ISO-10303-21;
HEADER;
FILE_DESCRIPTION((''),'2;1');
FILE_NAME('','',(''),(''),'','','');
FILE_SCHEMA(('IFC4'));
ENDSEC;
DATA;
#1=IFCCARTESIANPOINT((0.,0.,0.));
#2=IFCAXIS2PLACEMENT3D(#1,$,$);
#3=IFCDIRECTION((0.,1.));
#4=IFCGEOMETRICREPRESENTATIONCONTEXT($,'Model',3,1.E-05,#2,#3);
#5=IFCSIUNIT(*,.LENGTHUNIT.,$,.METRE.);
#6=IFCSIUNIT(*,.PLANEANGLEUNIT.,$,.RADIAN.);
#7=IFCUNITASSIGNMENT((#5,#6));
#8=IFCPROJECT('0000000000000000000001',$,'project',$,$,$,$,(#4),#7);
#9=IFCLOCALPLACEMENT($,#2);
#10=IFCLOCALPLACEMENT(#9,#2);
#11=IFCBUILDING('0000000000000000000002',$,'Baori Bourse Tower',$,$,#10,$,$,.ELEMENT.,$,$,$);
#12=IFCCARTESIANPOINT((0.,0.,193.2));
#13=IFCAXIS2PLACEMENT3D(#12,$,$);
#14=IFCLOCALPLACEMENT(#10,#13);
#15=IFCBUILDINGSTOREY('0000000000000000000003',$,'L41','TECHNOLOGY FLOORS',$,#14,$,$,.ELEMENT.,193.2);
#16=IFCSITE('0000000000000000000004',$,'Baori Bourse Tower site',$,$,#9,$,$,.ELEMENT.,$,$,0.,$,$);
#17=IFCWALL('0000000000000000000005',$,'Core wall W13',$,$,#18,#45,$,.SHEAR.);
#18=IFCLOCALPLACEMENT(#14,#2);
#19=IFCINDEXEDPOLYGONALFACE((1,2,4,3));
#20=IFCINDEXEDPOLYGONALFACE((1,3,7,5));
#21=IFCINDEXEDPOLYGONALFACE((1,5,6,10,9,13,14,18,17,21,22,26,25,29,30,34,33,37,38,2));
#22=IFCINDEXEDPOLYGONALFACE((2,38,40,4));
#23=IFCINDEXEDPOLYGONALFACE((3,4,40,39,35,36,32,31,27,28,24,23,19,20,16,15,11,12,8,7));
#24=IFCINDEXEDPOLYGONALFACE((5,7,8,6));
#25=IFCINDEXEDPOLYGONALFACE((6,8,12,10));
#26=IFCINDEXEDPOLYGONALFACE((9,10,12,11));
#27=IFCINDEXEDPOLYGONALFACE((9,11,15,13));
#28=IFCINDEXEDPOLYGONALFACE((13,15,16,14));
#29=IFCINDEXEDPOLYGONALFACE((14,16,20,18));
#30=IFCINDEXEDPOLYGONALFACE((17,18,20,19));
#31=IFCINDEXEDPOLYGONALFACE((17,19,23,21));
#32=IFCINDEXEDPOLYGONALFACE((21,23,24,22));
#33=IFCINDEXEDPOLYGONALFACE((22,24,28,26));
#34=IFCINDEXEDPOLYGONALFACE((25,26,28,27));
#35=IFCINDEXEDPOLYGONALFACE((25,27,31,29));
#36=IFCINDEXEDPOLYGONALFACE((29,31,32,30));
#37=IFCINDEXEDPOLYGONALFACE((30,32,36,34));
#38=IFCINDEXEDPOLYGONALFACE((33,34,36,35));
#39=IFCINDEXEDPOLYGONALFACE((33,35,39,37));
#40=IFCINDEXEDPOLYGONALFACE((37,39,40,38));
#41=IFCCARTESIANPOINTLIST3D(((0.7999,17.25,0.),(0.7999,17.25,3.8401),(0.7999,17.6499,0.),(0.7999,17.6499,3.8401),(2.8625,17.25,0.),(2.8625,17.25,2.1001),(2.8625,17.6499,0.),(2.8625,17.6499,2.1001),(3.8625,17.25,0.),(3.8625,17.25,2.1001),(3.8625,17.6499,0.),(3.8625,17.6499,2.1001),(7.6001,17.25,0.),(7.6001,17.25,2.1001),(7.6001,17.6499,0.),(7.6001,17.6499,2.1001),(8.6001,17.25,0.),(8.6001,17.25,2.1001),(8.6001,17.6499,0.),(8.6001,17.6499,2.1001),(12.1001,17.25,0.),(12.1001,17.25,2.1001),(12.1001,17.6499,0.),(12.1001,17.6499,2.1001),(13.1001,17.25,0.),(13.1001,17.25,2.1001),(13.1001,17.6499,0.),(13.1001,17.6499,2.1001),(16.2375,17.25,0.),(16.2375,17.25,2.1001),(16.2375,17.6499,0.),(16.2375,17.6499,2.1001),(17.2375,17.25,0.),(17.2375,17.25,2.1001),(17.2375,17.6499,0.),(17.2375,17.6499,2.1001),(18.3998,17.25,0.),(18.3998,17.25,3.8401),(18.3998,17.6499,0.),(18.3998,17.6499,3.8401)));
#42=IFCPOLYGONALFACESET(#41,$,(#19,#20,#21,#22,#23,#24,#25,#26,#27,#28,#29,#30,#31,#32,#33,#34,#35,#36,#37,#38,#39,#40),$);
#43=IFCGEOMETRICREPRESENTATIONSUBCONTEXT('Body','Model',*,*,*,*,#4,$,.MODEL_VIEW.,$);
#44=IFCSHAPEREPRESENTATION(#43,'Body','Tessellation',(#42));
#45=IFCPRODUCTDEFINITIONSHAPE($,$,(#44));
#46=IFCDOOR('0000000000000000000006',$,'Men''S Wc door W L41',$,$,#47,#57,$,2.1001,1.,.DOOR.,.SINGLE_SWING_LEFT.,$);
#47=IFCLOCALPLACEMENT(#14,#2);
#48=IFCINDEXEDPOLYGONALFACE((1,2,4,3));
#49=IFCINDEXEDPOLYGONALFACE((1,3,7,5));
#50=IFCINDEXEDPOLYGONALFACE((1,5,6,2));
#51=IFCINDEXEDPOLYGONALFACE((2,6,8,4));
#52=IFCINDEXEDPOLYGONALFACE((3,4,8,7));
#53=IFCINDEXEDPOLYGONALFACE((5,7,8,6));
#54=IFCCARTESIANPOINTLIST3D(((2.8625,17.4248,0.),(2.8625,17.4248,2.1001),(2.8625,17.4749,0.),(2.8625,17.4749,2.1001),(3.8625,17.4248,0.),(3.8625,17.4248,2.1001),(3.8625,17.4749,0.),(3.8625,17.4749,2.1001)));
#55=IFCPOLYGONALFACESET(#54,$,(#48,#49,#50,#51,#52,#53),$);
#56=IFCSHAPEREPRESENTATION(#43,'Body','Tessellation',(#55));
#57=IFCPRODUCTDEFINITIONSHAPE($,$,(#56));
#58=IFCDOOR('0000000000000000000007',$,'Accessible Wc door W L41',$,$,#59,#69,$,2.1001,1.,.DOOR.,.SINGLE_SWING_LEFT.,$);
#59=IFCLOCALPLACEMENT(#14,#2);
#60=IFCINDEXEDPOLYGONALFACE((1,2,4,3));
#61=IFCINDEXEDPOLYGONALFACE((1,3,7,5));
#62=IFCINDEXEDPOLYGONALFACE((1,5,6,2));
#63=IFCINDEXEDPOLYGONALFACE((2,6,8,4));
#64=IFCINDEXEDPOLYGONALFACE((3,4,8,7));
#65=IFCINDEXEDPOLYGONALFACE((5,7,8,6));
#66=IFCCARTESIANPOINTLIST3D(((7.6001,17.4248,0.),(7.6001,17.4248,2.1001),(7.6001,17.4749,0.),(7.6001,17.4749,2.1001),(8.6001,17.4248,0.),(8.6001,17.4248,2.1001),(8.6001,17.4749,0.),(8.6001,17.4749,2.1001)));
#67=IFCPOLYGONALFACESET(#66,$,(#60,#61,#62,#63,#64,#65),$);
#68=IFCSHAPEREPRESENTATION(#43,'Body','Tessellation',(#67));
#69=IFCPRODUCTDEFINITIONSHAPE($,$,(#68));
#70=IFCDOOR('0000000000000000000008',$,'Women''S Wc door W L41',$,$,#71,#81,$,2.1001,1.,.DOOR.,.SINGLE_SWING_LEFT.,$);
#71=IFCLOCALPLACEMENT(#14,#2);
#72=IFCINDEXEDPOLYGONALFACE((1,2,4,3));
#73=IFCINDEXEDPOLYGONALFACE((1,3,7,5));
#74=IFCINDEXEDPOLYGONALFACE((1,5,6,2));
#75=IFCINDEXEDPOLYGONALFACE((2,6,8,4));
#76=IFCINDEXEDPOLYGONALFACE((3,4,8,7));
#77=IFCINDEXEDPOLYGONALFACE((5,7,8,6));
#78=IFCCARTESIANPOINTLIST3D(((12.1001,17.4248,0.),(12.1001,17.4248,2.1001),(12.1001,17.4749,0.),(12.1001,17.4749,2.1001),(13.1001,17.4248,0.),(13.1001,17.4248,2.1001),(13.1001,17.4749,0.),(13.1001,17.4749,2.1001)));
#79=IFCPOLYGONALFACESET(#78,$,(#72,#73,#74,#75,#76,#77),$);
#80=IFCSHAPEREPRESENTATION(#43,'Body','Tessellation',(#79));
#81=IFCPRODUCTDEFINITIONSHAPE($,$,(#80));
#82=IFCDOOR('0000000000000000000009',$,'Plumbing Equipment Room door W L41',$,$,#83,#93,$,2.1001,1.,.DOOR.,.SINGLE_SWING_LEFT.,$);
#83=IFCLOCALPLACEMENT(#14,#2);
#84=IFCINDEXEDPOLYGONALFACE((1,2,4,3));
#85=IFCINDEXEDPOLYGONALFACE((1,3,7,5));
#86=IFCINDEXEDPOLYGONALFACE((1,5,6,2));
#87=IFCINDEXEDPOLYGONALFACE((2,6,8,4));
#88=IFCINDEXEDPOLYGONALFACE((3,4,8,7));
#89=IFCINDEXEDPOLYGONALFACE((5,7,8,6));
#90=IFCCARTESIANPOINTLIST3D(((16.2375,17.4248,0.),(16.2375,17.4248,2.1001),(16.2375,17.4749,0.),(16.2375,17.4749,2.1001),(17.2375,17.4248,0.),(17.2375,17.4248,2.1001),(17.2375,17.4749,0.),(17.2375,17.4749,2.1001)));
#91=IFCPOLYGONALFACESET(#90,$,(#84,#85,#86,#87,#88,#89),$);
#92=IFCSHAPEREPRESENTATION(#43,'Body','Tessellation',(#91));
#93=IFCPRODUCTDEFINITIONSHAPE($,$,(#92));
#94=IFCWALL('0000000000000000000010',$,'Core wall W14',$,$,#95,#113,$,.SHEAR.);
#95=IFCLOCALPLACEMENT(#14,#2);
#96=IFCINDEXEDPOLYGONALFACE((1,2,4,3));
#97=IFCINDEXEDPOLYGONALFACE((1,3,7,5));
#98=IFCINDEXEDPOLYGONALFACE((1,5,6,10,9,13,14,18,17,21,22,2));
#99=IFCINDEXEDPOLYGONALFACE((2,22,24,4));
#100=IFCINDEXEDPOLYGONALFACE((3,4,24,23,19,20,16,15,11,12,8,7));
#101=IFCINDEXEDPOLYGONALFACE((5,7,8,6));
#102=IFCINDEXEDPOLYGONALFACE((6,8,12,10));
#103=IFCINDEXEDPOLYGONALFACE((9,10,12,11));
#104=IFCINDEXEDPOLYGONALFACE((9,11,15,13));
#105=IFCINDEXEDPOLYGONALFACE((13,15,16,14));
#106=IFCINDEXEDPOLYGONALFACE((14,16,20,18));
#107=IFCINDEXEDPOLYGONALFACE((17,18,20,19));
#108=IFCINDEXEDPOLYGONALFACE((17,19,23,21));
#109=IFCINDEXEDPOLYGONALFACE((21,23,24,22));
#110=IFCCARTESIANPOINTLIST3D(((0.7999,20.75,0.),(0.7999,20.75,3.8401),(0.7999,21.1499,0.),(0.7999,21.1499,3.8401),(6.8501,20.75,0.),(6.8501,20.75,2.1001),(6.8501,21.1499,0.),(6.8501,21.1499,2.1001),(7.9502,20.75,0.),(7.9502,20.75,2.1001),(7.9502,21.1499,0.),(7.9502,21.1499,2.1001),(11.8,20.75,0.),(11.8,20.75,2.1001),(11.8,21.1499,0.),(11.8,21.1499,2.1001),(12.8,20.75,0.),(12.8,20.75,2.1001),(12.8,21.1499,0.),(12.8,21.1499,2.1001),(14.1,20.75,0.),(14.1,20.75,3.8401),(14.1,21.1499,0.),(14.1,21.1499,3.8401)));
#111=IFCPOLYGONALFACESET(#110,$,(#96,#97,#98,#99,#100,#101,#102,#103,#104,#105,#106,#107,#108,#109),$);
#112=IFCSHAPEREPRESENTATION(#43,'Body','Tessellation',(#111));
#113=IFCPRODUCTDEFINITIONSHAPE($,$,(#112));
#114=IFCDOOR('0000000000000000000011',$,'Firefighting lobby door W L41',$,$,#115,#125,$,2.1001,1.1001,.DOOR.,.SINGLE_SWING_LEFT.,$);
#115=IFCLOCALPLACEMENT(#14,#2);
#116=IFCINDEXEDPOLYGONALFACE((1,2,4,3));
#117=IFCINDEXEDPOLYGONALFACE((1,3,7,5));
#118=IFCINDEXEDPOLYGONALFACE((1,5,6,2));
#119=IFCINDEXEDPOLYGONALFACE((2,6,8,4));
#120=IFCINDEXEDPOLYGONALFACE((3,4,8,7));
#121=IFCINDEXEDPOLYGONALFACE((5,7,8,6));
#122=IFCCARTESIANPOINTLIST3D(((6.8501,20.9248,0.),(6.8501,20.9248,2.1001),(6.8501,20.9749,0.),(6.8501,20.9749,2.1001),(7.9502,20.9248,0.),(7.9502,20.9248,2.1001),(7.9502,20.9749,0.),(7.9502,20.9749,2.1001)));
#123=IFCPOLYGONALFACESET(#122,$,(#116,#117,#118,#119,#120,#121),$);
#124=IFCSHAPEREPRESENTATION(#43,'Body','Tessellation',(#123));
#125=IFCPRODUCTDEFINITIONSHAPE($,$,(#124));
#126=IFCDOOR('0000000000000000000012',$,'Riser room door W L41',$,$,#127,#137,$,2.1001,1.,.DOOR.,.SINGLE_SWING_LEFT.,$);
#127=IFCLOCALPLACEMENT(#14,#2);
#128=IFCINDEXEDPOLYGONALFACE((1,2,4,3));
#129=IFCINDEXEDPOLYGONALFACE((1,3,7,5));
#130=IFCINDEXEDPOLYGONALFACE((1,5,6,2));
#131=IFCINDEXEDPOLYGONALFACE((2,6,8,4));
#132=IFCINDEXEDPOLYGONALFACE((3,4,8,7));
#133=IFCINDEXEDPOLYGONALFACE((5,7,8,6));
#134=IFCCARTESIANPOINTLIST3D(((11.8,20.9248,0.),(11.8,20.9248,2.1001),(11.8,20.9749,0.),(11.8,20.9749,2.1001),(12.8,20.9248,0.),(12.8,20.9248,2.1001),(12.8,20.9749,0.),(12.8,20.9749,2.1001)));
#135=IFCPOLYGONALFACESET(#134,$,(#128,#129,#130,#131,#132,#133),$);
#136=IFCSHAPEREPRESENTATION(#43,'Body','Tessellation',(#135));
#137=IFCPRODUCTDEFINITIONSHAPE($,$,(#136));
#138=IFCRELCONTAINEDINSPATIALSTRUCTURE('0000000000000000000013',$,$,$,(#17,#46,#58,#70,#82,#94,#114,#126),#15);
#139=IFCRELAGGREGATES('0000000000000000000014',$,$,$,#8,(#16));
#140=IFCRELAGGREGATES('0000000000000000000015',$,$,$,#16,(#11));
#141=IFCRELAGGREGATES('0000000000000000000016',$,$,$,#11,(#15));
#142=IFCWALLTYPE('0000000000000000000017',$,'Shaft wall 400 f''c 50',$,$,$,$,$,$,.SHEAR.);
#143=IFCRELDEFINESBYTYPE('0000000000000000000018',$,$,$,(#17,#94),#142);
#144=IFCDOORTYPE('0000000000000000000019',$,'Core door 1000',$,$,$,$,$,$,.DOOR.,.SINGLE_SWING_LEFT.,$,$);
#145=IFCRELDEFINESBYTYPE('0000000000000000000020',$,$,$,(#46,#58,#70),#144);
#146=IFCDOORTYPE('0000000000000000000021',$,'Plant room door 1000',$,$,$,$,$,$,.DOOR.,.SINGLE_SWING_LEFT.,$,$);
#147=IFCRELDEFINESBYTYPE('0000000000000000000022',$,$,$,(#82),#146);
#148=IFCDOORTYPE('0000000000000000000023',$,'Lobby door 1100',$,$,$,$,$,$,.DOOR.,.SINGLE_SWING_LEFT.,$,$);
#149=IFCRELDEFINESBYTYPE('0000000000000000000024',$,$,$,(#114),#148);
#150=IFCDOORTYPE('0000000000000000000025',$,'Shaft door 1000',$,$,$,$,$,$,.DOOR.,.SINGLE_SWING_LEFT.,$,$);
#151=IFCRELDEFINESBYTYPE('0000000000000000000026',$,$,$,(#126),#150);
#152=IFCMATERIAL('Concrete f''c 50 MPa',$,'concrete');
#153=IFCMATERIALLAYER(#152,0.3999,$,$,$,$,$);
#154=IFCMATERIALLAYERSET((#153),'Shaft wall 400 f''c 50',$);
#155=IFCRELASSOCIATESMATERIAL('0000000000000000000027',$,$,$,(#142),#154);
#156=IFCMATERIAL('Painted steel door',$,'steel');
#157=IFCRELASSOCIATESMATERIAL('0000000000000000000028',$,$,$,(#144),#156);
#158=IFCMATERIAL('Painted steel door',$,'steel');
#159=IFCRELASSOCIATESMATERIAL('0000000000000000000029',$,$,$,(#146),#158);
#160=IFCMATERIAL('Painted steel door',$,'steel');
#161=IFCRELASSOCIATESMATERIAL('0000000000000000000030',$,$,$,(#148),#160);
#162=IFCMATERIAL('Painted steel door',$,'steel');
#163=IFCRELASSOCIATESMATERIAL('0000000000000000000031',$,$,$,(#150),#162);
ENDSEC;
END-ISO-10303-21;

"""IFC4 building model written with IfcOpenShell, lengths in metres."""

from ifc_helpers import new_model, si_unit, direction, frame, frame_2d, origin, place, context, subcontext, project, spatial, rectangle, extrude, material, layer, layer_set, type_object, element, fill, save


model = new_model("IFC4")

# Units and contexts
model_context = context("Model", 3, precision=1e-05, world=origin(), true_north=direction((0.0, 1.0)))
body_context = subcontext(model_context, "Body", "Model", "MODEL_VIEW")
ifc_project = project(units=[si_unit("LENGTHUNIT", "METRE"), si_unit("PLANEANGLEUNIT", "RADIAN")], contexts=[model_context])

# Site, building, storey
site_placement = place(None, origin())
site = spatial("IfcSite", under=ifc_project, at=site_placement, Name="Baori Bourse Tower site", CompositionType="ELEMENT", RefElevation=0.0)
building_placement = place(site_placement, origin())
building = spatial("IfcBuilding", under=site, at=building_placement, Name="Baori Bourse Tower", CompositionType="ELEMENT")
storey_placement = place(building_placement, frame((0.0, 0.0, 193.2)))
storey = spatial("IfcBuildingStorey", under=building, at=storey_placement, Name="L41", Description="TECHNOLOGY FLOORS", CompositionType="ELEMENT", Elevation=193.2)

# Shared definitions
ifc_material_1 = material(Name="Concrete f'c 50 MPa", Category="concrete")
ifc_layer_1 = layer(ifc_material_1, 0.3999)
ifc_layer_set_1 = layer_set([ifc_layer_1], Name="Shaft wall 400 f'c 50")
wall_type_1 = type_object("IfcWallType", Name="Shaft wall 400 f'c 50", PredefinedType="SHEAR", material=ifc_layer_set_1)

# Walls, openings, doors
wall_1_placement = place(storey_placement, frame((0.8, 17.45, 0.0), z_axis=(0.0, 0.0, 1.0), x_axis=(1.0, 0.0, 0.0)))
wall_1 = element("IfcWall", 1, at=wall_1_placement, inside=storey, type_object=wall_type_1, Name="Core wall W13", PredefinedType="SHEAR", context=body_context, shape_type="SweptSolid", body=[
    extrude(rectangle(XDim=17.5999, YDim=0.3999, at=frame_2d((8.7998, 0.0))), origin(), (0.0, 0.0, 1.0), 3.8401),
])
opening_1_placement = place(wall_1_placement, frame((2.0625, 0.0, 0.0)))
opening_1 = element("IfcOpeningElement", 2, at=opening_1_placement, cuts=wall_1, PredefinedType="OPENING", context=body_context, shape_type="SweptSolid", body=[
    extrude(rectangle(XDim=1.0, YDim=2.1001, at=frame_2d((0.5, 1.05))), frame((0.0, 0.21, 0.0), z_axis=(0.0, -1.0, 0.0), x_axis=(1.0, 0.0, 0.0)), (0.0, 0.0, 1.0), 0.4199),
])
opening_2_placement = place(wall_1_placement, frame((6.8, 0.0, 0.0)))
opening_2 = element("IfcOpeningElement", 3, at=opening_2_placement, cuts=wall_1, PredefinedType="OPENING", context=body_context, shape_type="SweptSolid", body=[
    extrude(rectangle(XDim=1.0, YDim=2.1001, at=frame_2d((0.5, 1.05))), frame((0.0, 0.21, 0.0), z_axis=(0.0, -1.0, 0.0), x_axis=(1.0, 0.0, 0.0)), (0.0, 0.0, 1.0), 0.4199),
])
opening_3_placement = place(wall_1_placement, frame((11.3, 0.0, 0.0)))
opening_3 = element("IfcOpeningElement", 4, at=opening_3_placement, cuts=wall_1, PredefinedType="OPENING", context=body_context, shape_type="SweptSolid", body=[
    extrude(rectangle(XDim=1.0, YDim=2.1001, at=frame_2d((0.5, 1.05))), frame((0.0, 0.21, 0.0), z_axis=(0.0, -1.0, 0.0), x_axis=(1.0, 0.0, 0.0)), (0.0, 0.0, 1.0), 0.4199),
])
opening_4_placement = place(wall_1_placement, frame((15.4375, 0.0, 0.0)))
opening_4 = element("IfcOpeningElement", 5, at=opening_4_placement, cuts=wall_1, PredefinedType="OPENING", context=body_context, shape_type="SweptSolid", body=[
    extrude(rectangle(XDim=1.0, YDim=2.1001, at=frame_2d((0.5, 1.05))), frame((0.0, 0.21, 0.0), z_axis=(0.0, -1.0, 0.0), x_axis=(1.0, 0.0, 0.0)), (0.0, 0.0, 1.0), 0.4199),
])
ifc_material_2 = material(Name="Painted steel door", Category="steel")
door_type_1 = type_object("IfcDoorType", Name="Core door 1000", OperationType="SINGLE_SWING_LEFT", PredefinedType="DOOR", material=ifc_material_2)
door_1_placement = place(opening_1_placement, origin())
door_1 = element("IfcDoor", 6, at=door_1_placement, inside=storey, type_object=door_type_1, Name="Men'S Wc door W L41", OperationType="SINGLE_SWING_LEFT", OverallHeight=2.1001, OverallWidth=1.0, PredefinedType="DOOR", context=body_context, shape_type="SweptSolid", body=[
    extrude(rectangle(XDim=1.0, YDim=2.1001, at=frame_2d((0.5, 1.05))), frame((0.0, 0.0249, 0.0), z_axis=(0.0, -1.0, 0.0), x_axis=(1.0, 0.0, 0.0)), (0.0, 0.0, 1.0), 0.05),
])
fill(opening_1, door_1)
door_2_placement = place(opening_2_placement, origin())
door_2 = element("IfcDoor", 7, at=door_2_placement, inside=storey, type_object=door_type_1, Name="Accessible Wc door W L41", OperationType="SINGLE_SWING_LEFT", OverallHeight=2.1001, OverallWidth=1.0, PredefinedType="DOOR", context=body_context, shape_type="SweptSolid", body=[
    extrude(rectangle(XDim=1.0, YDim=2.1001, at=frame_2d((0.5, 1.05))), frame((0.0, 0.0249, 0.0), z_axis=(0.0, -1.0, 0.0), x_axis=(1.0, 0.0, 0.0)), (0.0, 0.0, 1.0), 0.05),
])
fill(opening_2, door_2)
door_3_placement = place(opening_3_placement, origin())
door_3 = element("IfcDoor", 8, at=door_3_placement, inside=storey, type_object=door_type_1, Name="Women'S Wc door W L41", OperationType="SINGLE_SWING_LEFT", OverallHeight=2.1001, OverallWidth=1.0, PredefinedType="DOOR", context=body_context, shape_type="SweptSolid", body=[
    extrude(rectangle(XDim=1.0, YDim=2.1001, at=frame_2d((0.5, 1.05))), frame((0.0, 0.0249, 0.0), z_axis=(0.0, -1.0, 0.0), x_axis=(1.0, 0.0, 0.0)), (0.0, 0.0, 1.0), 0.05),
])
fill(opening_3, door_3)
ifc_material_3 = material(Name="Painted steel door", Category="steel")
door_type_2 = type_object("IfcDoorType", Name="Plant room door 1000", OperationType="SINGLE_SWING_LEFT", PredefinedType="DOOR", material=ifc_material_3)
door_4_placement = place(opening_4_placement, origin())
door_4 = element("IfcDoor", 9, at=door_4_placement, inside=storey, type_object=door_type_2, Name="Plumbing Equipment Room door W L41", OperationType="SINGLE_SWING_LEFT", OverallHeight=2.1001, OverallWidth=1.0, PredefinedType="DOOR", context=body_context, shape_type="SweptSolid", body=[
    extrude(rectangle(XDim=1.0, YDim=2.1001, at=frame_2d((0.5, 1.05))), frame((0.0, 0.0249, 0.0), z_axis=(0.0, -1.0, 0.0), x_axis=(1.0, 0.0, 0.0)), (0.0, 0.0, 1.0), 0.05),
])
fill(opening_4, door_4)
wall_2_placement = place(storey_placement, frame((0.8, 20.95, 0.0), z_axis=(0.0, 0.0, 1.0), x_axis=(1.0, 0.0, 0.0)))
wall_2 = element("IfcWall", 10, at=wall_2_placement, inside=storey, type_object=wall_type_1, Name="Core wall W14", PredefinedType="SHEAR", context=body_context, shape_type="SweptSolid", body=[
    extrude(rectangle(XDim=13.3, YDim=0.3999, at=frame_2d((6.6499, 0.0))), origin(), (0.0, 0.0, 1.0), 3.8401),
])
opening_5_placement = place(wall_2_placement, frame((6.05, 0.0, 0.0)))
opening_5 = element("IfcOpeningElement", 11, at=opening_5_placement, cuts=wall_2, PredefinedType="OPENING", context=body_context, shape_type="SweptSolid", body=[
    extrude(rectangle(XDim=1.1001, YDim=2.1001, at=frame_2d((0.55, 1.05))), frame((0.0, 0.21, 0.0), z_axis=(0.0, -1.0, 0.0), x_axis=(1.0, 0.0, 0.0)), (0.0, 0.0, 1.0), 0.4199),
])
opening_6_placement = place(wall_2_placement, frame((11.0, 0.0, 0.0)))
opening_6 = element("IfcOpeningElement", 12, at=opening_6_placement, cuts=wall_2, PredefinedType="OPENING", context=body_context, shape_type="SweptSolid", body=[
    extrude(rectangle(XDim=1.0, YDim=2.1001, at=frame_2d((0.5, 1.05))), frame((0.0, 0.21, 0.0), z_axis=(0.0, -1.0, 0.0), x_axis=(1.0, 0.0, 0.0)), (0.0, 0.0, 1.0), 0.4199),
])
ifc_material_4 = material(Name="Painted steel door", Category="steel")
door_type_3 = type_object("IfcDoorType", Name="Lobby door 1100", OperationType="SINGLE_SWING_LEFT", PredefinedType="DOOR", material=ifc_material_4)
door_5_placement = place(opening_5_placement, origin())
door_5 = element("IfcDoor", 13, at=door_5_placement, inside=storey, type_object=door_type_3, Name="Firefighting lobby door W L41", OperationType="SINGLE_SWING_LEFT", OverallHeight=2.1001, OverallWidth=1.1001, PredefinedType="DOOR", context=body_context, shape_type="SweptSolid", body=[
    extrude(rectangle(XDim=1.1001, YDim=2.1001, at=frame_2d((0.55, 1.05))), frame((0.0, 0.0249, 0.0), z_axis=(0.0, -1.0, 0.0), x_axis=(1.0, 0.0, 0.0)), (0.0, 0.0, 1.0), 0.05),
])
fill(opening_5, door_5)
ifc_material_5 = material(Name="Painted steel door", Category="steel")
door_type_4 = type_object("IfcDoorType", Name="Shaft door 1000", OperationType="SINGLE_SWING_LEFT", PredefinedType="DOOR", material=ifc_material_5)
door_6_placement = place(opening_6_placement, origin())
door_6 = element("IfcDoor", 14, at=door_6_placement, inside=storey, type_object=door_type_4, Name="Riser room door W L41", OperationType="SINGLE_SWING_LEFT", OverallHeight=2.1001, OverallWidth=1.0, PredefinedType="DOOR", context=body_context, shape_type="SweptSolid", body=[
    extrude(rectangle(XDim=1.0, YDim=2.1001, at=frame_2d((0.5, 1.05))), frame((0.0, 0.0249, 0.0), z_axis=(0.0, -1.0, 0.0), x_axis=(1.0, 0.0, 0.0)), (0.0, 0.0, 1.0), 0.05),
])
fill(opening_6, door_6)

save(model, "model.ifc")
